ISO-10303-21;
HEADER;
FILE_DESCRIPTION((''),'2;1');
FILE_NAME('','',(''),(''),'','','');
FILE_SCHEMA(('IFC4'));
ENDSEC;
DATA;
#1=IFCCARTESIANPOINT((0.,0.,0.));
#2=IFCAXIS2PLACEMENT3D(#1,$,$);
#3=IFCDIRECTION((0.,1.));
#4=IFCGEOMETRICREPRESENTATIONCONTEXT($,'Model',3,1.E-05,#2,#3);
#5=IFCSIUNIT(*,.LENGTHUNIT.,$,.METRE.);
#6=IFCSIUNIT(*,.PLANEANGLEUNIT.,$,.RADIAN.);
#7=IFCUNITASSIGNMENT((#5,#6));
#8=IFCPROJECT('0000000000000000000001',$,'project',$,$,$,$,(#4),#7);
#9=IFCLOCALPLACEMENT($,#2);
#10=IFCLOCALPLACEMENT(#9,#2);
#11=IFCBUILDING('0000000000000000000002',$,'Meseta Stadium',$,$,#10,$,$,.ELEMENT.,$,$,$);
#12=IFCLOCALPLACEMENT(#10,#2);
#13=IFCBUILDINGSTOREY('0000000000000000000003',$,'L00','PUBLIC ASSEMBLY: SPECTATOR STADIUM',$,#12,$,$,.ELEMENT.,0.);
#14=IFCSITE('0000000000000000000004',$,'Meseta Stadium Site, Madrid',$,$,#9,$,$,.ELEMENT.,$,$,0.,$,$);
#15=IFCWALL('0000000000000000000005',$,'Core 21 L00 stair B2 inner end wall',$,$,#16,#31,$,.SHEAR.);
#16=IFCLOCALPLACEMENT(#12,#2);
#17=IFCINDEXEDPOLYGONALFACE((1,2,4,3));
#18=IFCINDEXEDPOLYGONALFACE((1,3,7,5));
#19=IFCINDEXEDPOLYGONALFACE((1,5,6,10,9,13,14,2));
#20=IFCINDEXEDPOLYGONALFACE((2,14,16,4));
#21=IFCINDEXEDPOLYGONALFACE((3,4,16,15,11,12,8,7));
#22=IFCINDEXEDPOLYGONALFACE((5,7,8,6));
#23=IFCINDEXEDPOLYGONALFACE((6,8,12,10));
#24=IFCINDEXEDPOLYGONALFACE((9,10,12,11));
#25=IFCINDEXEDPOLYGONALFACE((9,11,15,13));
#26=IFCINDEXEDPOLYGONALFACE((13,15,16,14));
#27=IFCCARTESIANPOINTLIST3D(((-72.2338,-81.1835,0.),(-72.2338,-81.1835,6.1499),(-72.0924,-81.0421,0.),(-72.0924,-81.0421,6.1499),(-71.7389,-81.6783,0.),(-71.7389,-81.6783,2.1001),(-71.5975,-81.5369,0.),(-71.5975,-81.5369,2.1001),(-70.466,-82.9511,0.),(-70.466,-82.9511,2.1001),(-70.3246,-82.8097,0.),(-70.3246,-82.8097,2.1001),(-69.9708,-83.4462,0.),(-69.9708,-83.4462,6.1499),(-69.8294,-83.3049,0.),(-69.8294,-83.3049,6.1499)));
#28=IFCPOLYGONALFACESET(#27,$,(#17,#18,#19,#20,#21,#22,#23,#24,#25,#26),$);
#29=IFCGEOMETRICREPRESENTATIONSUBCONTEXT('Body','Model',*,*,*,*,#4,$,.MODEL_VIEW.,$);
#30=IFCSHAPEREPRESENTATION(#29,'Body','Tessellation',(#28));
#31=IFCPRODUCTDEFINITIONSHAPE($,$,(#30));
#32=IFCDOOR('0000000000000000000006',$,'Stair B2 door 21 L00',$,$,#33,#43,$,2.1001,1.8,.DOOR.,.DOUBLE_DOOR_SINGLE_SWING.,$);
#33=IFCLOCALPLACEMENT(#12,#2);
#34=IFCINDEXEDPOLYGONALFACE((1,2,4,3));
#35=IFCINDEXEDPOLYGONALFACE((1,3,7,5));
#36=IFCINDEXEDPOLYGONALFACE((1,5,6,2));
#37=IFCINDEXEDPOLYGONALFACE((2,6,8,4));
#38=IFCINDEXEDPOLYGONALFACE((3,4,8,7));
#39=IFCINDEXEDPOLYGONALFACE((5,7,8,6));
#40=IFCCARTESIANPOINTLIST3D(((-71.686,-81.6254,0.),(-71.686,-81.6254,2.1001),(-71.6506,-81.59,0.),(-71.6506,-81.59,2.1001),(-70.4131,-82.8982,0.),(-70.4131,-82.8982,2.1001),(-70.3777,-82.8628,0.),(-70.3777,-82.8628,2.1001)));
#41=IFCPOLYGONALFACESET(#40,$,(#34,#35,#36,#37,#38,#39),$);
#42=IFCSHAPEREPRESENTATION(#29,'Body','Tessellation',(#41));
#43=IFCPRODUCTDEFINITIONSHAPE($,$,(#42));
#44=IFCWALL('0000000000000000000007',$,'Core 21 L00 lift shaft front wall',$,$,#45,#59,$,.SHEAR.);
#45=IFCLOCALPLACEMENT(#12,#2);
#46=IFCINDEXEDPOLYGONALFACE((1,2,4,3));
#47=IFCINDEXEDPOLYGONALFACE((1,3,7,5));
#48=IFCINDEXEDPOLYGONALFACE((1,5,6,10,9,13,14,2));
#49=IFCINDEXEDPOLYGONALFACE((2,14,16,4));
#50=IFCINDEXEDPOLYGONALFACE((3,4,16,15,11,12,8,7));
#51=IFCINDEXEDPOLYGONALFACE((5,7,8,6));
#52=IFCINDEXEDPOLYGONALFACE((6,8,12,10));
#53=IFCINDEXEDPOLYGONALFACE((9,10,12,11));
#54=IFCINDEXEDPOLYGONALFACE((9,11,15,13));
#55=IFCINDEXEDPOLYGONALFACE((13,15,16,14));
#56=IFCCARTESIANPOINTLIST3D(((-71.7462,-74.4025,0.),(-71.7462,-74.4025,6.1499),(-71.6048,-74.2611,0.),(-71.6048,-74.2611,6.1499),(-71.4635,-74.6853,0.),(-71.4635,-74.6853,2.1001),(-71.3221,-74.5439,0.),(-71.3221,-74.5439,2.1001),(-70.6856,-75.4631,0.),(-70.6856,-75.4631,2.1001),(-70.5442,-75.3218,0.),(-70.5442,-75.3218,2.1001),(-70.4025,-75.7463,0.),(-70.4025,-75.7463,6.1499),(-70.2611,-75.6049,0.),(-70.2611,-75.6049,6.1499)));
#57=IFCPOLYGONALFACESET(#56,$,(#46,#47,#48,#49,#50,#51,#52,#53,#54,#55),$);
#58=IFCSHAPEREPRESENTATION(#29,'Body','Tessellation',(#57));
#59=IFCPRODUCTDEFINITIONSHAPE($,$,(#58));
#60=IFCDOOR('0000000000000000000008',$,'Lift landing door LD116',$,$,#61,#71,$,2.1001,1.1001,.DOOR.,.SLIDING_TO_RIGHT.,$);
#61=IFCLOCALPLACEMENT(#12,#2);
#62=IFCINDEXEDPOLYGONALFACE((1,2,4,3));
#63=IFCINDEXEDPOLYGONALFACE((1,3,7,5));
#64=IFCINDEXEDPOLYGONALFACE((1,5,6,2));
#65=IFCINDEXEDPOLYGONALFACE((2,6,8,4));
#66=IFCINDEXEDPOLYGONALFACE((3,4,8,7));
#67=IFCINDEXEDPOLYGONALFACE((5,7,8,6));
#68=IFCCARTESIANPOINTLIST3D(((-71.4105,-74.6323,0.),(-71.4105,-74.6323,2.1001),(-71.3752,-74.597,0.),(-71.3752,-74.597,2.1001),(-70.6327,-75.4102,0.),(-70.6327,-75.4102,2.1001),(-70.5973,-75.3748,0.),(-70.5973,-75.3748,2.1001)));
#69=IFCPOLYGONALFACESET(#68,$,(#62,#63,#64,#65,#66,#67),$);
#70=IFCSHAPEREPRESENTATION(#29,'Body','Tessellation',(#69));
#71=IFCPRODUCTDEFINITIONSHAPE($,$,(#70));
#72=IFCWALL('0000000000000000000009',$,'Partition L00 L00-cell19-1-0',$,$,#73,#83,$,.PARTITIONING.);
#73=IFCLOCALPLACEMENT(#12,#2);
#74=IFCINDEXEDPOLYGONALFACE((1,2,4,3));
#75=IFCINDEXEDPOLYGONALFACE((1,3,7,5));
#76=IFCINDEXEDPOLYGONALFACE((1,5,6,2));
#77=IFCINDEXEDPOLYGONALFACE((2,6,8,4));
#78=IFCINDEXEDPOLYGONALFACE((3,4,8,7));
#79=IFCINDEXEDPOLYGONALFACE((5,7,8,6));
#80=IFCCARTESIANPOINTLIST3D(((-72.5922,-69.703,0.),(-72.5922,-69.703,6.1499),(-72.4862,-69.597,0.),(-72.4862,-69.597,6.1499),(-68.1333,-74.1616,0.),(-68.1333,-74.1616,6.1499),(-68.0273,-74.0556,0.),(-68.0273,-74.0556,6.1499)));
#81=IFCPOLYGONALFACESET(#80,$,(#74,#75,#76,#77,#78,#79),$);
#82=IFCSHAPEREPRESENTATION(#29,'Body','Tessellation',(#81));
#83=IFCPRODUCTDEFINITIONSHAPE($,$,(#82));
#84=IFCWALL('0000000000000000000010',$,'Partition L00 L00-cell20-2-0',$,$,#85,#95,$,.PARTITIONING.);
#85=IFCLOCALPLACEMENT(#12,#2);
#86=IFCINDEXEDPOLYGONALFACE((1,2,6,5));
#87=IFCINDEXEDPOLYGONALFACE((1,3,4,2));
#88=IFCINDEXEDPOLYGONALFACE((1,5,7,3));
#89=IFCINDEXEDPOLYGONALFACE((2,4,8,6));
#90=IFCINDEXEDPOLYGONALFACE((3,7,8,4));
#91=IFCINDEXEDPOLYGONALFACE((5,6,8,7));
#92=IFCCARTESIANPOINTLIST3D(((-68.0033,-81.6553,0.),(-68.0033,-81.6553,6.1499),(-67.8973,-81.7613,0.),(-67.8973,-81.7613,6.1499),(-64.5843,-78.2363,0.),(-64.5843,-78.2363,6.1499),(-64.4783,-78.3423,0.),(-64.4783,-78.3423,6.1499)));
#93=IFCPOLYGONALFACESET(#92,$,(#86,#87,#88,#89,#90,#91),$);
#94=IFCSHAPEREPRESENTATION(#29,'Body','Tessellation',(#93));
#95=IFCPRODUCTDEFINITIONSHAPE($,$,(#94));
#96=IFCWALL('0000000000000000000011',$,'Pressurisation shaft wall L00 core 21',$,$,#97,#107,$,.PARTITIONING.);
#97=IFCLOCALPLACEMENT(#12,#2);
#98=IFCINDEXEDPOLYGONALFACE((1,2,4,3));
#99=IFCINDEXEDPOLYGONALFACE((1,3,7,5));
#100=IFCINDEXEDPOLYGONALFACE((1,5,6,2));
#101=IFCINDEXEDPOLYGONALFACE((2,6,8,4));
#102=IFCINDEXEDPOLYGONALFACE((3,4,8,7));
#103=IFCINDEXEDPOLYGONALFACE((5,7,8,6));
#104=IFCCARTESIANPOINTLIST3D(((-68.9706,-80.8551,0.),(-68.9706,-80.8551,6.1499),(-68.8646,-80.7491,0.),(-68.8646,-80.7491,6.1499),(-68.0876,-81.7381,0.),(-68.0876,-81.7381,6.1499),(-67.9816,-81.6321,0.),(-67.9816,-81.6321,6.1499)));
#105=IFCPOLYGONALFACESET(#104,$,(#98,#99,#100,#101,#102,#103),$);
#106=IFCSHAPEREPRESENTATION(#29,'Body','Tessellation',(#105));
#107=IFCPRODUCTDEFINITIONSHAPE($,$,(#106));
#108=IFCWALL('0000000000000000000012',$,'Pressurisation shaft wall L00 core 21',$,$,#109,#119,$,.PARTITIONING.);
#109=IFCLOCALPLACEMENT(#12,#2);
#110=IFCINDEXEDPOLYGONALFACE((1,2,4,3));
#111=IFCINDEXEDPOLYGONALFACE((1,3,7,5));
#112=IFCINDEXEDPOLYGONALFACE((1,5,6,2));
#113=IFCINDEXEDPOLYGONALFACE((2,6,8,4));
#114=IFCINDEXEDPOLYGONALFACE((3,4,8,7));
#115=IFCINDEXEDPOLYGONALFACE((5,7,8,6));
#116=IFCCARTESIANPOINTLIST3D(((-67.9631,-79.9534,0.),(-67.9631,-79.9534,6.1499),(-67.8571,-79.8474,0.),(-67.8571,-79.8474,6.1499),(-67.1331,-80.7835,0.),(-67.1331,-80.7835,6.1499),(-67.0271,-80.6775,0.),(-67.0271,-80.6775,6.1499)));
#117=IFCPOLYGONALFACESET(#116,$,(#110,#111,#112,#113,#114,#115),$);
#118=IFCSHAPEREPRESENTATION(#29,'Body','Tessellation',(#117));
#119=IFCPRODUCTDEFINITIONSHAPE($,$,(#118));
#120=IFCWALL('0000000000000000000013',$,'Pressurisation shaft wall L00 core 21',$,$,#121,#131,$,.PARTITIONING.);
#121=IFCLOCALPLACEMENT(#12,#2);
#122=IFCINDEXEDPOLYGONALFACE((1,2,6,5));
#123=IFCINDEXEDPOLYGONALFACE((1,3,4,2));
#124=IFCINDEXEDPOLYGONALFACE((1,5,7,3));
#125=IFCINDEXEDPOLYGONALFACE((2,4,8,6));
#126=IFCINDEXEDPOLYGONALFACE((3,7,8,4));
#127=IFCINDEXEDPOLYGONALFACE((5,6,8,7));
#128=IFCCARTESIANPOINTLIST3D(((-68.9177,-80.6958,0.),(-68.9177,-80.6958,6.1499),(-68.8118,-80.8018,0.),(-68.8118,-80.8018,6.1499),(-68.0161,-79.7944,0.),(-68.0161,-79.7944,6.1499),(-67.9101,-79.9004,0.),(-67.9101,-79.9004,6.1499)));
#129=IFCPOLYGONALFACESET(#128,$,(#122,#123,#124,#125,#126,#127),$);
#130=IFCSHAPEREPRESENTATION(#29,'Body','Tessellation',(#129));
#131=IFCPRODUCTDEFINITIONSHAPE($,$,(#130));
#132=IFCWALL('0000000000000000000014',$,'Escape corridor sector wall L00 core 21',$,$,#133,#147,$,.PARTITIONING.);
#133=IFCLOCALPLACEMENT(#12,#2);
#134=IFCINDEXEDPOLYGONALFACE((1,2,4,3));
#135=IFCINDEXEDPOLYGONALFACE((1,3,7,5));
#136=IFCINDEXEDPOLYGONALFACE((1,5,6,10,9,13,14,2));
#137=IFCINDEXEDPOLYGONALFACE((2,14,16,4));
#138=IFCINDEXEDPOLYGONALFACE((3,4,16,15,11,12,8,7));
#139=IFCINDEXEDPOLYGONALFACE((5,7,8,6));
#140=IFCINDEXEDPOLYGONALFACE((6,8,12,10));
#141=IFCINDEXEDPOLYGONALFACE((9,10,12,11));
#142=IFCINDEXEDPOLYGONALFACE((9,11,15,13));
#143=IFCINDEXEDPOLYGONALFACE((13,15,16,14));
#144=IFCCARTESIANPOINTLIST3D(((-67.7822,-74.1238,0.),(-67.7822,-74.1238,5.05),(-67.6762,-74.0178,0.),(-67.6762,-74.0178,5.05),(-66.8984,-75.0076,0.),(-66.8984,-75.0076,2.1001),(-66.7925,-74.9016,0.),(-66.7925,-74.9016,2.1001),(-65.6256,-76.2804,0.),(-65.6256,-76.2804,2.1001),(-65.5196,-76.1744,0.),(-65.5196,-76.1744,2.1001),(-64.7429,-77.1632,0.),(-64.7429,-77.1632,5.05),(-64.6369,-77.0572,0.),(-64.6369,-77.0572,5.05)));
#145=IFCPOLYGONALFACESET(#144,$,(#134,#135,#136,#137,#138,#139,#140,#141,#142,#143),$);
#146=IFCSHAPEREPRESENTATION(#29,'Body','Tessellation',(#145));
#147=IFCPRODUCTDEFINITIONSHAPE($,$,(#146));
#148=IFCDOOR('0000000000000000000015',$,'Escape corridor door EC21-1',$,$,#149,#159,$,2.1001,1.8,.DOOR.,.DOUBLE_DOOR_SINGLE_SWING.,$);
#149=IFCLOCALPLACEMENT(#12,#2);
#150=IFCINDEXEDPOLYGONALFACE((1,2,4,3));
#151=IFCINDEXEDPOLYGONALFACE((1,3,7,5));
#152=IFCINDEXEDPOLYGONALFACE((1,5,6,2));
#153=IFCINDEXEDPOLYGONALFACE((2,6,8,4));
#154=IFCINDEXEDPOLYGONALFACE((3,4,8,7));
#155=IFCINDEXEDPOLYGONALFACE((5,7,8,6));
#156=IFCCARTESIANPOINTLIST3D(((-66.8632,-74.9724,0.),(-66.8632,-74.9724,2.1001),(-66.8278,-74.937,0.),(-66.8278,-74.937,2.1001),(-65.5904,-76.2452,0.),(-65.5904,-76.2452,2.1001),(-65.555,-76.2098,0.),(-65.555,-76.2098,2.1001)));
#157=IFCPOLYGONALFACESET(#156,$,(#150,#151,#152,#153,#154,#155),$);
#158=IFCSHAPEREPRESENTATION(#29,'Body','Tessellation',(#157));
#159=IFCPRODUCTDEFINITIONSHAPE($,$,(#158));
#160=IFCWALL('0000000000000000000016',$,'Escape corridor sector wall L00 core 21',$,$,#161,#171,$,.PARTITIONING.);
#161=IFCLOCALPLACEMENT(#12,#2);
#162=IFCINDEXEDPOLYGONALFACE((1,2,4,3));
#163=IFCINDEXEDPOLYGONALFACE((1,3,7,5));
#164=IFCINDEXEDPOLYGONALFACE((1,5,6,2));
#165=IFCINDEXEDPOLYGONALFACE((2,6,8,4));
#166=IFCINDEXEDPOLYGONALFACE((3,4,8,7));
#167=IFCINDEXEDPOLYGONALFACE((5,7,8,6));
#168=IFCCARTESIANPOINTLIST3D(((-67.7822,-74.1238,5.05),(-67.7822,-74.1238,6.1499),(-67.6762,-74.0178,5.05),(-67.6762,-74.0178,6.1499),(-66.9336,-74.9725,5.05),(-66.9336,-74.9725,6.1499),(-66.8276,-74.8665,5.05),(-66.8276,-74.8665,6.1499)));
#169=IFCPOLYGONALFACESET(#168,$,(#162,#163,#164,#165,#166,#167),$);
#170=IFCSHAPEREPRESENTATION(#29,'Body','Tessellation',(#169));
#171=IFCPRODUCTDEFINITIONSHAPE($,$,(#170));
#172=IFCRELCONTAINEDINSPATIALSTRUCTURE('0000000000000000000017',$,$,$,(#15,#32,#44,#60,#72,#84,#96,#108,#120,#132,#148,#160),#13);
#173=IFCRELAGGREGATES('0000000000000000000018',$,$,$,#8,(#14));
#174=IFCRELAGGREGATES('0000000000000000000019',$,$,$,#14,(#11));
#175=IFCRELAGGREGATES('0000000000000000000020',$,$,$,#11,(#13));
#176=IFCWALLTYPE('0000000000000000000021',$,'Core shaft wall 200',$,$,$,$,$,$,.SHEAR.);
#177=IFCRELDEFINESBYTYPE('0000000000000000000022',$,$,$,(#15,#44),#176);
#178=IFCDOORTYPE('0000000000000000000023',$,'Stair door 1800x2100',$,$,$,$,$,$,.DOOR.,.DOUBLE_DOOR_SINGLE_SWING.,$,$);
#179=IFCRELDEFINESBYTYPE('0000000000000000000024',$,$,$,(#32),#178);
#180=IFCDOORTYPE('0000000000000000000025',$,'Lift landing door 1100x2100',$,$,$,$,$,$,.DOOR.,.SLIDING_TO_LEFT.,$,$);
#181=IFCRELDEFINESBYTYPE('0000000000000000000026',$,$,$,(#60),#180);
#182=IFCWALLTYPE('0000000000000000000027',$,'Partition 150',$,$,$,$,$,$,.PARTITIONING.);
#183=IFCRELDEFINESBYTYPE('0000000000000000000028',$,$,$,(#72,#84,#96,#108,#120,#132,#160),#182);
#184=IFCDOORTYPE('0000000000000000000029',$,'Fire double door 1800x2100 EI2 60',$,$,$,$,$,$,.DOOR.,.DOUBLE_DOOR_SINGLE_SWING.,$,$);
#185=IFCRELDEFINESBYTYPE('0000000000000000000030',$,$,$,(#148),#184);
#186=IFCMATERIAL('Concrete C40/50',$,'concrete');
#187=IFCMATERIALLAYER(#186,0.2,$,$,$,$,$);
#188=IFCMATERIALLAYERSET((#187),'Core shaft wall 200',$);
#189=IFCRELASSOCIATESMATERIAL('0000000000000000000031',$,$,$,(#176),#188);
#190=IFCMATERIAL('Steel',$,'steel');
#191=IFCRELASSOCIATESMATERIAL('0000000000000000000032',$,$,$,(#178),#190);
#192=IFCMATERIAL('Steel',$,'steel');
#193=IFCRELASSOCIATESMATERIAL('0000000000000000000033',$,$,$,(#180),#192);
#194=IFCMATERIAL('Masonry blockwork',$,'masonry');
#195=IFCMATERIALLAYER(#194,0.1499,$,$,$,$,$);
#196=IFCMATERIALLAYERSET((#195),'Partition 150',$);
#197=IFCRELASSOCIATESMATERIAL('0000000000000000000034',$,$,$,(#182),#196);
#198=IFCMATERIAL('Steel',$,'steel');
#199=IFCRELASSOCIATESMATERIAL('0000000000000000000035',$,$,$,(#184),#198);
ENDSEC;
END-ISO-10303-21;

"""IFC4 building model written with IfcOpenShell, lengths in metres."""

from ifc_helpers import new_model, si_unit, direction, frame, frame_2d, origin, place, context, subcontext, project, spatial, rectangle, extrude, material, layer, layer_set, type_object, element, fill, save


model = new_model("IFC4")

# Units and contexts
model_context = context("Model", 3, precision=1e-05, world=origin(), true_north=direction((0.0, 1.0)))
body_context = subcontext(model_context, "Body", "Model", "MODEL_VIEW")
ifc_project = project(units=[si_unit("LENGTHUNIT", "METRE"), si_unit("PLANEANGLEUNIT", "RADIAN")], contexts=[model_context])

# Site, building, storey
site_placement = place(None, origin())
site = spatial("IfcSite", under=ifc_project, at=site_placement, Name="Meseta Stadium Site, Madrid", CompositionType="ELEMENT", RefElevation=0.0)
building_placement = place(site_placement, origin())
building = spatial("IfcBuilding", under=site, at=building_placement, Name="Meseta Stadium", CompositionType="ELEMENT")
storey_placement = place(building_placement, origin())
storey = spatial("IfcBuildingStorey", under=building, at=storey_placement, Name="L00", Description="PUBLIC ASSEMBLY: SPECTATOR STADIUM", CompositionType="ELEMENT", Elevation=0.0)

# Walls, openings, doors
ifc_material_1 = material(Name="Concrete C40/50", Category="concrete")
ifc_layer_1 = layer(ifc_material_1, 0.2)
ifc_layer_set_1 = layer_set([ifc_layer_1], Name="Core shaft wall 200")
wall_type_1 = type_object("IfcWallType", Name="Core shaft wall 200", PredefinedType="SHEAR", material=ifc_layer_set_1)
wall_1_placement = place(storey_placement, frame((-72.1631, -81.1128, 0.0), z_axis=(0.0, 0.0, 1.0), x_axis=(0.707145, -0.707069, 0.0)))
wall_1 = element("IfcWall", 1, at=wall_1_placement, inside=storey, type_object=wall_type_1, Name="Core 21 L00 stair B2 inner end wall", PredefinedType="SHEAR", context=body_context, shape_type="SweptSolid", body=[
    extrude(rectangle(XDim=3.2002, YDim=0.2, at=frame_2d((1.6001, 0.0))), origin(), (0.0, 0.0, 1.0), 6.1499),
])
opening_1_placement = place(wall_1_placement, frame((0.7, 0.0, 0.0)))
opening_1 = element("IfcOpeningElement", 2, at=opening_1_placement, cuts=wall_1, PredefinedType="OPENING", context=body_context, shape_type="SweptSolid", body=[
    extrude(rectangle(XDim=1.8, YDim=2.1001, at=frame_2d((0.8999, 1.05))), frame((0.0, 0.1099, 0.0), z_axis=(0.0, -1.0, 0.0), x_axis=(1.0, 0.0, 0.0)), (0.0, 0.0, 1.0), 0.22),
])
ifc_material_2 = material(Name="Steel", Category="steel")
door_type_1 = type_object("IfcDoorType", Name="Stair door 1800x2100", OperationType="DOUBLE_DOOR_SINGLE_SWING", PredefinedType="DOOR", material=ifc_material_2)
door_1_placement = place(opening_1_placement, origin())
door_1 = element("IfcDoor", 3, at=door_1_placement, inside=storey, type_object=door_type_1, Name="Stair B2 door 21 L00", OperationType="DOUBLE_DOOR_SINGLE_SWING", OverallHeight=2.1001, OverallWidth=1.8, PredefinedType="DOOR", context=body_context, shape_type="SweptSolid", body=[
    extrude(rectangle(XDim=1.8, YDim=2.1001, at=frame_2d((0.8999, 1.05))), frame((0.0, 0.0249, 0.0), z_axis=(0.0, -1.0, 0.0), x_axis=(1.0, 0.0, 0.0)), (0.0, 0.0, 1.0), 0.05),
])
fill(opening_1, door_1)
wall_2_placement = place(storey_placement, frame((-71.6755, -74.3318, 0.0), z_axis=(0.0, 0.0, 1.0), x_axis=(0.707107, -0.707107, 0.0)))
wall_2 = element("IfcWall", 4, at=wall_2_placement, inside=storey, type_object=wall_type_1, Name="Core 21 L00 lift shaft front wall", PredefinedType="SHEAR", context=body_context, shape_type="SweptSolid", body=[
    extrude(rectangle(XDim=1.9004, YDim=0.2, at=frame_2d((0.9502, 0.0))), origin(), (0.0, 0.0, 1.0), 6.1499),
])
opening_2_placement = place(wall_2_placement, frame((0.3999, 0.0, 0.0)))
opening_2 = element("IfcOpeningElement", 5, at=opening_2_placement, cuts=wall_2, PredefinedType="OPENING", context=body_context, shape_type="SweptSolid", body=[
    extrude(rectangle(XDim=1.1001, YDim=2.1001, at=frame_2d((0.55, 1.05))), frame((0.0, 0.1099, 0.0), z_axis=(0.0, -1.0, 0.0), x_axis=(1.0, 0.0, 0.0)), (0.0, 0.0, 1.0), 0.22),
])
ifc_material_3 = material(Name="Steel", Category="steel")
door_type_2 = type_object("IfcDoorType", Name="Lift landing door 1100x2100", OperationType="SLIDING_TO_LEFT", PredefinedType="DOOR", material=ifc_material_3)
door_2_placement = place(opening_2_placement, origin())
door_2 = element("IfcDoor", 6, at=door_2_placement, inside=storey, type_object=door_type_2, Name="Lift landing door LD116", OperationType="SLIDING_TO_RIGHT", OverallHeight=2.1001, OverallWidth=1.1001, PredefinedType="DOOR", context=body_context, shape_type="SweptSolid", body=[
    extrude(rectangle(XDim=1.1001, YDim=2.1001, at=frame_2d((0.55, 1.05))), frame((0.0, 0.0249, 0.0), z_axis=(0.0, -1.0, 0.0), x_axis=(1.0, 0.0, 0.0)), (0.0, 0.0, 1.0), 0.05),
])
fill(opening_2, door_2)

# Walls
ifc_material_4 = material(Name="Masonry blockwork", Category="masonry")
ifc_layer_2 = layer(ifc_material_4, 0.1499)
ifc_layer_set_2 = layer_set([ifc_layer_2], Name="Partition 150")
wall_type_2 = type_object("IfcWallType", Name="Partition 150", PredefinedType="PARTITIONING", material=ifc_layer_set_2)
wall_3_placement = place(storey_placement, frame((-68.0803, -74.1086, 0.0), z_axis=(0.0, 0.0, 1.0), x_axis=(-0.707126, 0.707087, 0.0)))
element("IfcWall", 7, at=wall_3_placement, inside=storey, type_object=wall_type_2, Name="Partition L00 L00-cell19-1-0", PredefinedType="PARTITIONING", context=body_context, shape_type="SweptSolid", body=[
    extrude(rectangle(XDim=6.3057, YDim=0.1499, at=frame_2d((3.1528, 0.0))), origin(), (0.0, 0.0, 1.0), 6.1499),
])
wall_4_placement = place(storey_placement, frame((-67.9502, -81.7083, 0.0), z_axis=(0.0, 0.0, 1.0), x_axis=(0.707107, 0.707107, 0.0)))
element("IfcWall", 8, at=wall_4_placement, inside=storey, type_object=wall_type_2, Name="Partition L00 L00-cell20-2-0", PredefinedType="PARTITIONING", context=body_context, shape_type="SweptSolid", body=[
    extrude(rectangle(XDim=4.8352, YDim=0.1499, at=frame_2d((2.4175, 0.0))), origin(), (0.0, 0.0, 1.0), 6.1499),
])
wall_5_placement = place(storey_placement, frame((-68.9177, -80.802, 0.0), z_axis=(0.0, 0.0, 1.0), x_axis=(0.707107, -0.707107, 0.0)))
element("IfcWall", 9, at=wall_5_placement, inside=storey, type_object=wall_type_2, Name="Pressurisation shaft wall L00 core 21", PredefinedType="PARTITIONING", context=body_context, shape_type="SweptSolid", body=[
    extrude(rectangle(XDim=1.2488, YDim=0.1499, at=frame_2d((0.6245, 0.0))), origin(), (0.0, 0.0, 1.0), 6.1499),
])
wall_6_placement = place(storey_placement, frame((-67.0801, -80.7305, 0.0), z_axis=(0.0, 0.0, 1.0), x_axis=(-0.707107, 0.707107, 0.0)))
element("IfcWall", 10, at=wall_6_placement, inside=storey, type_object=wall_type_2, Name="Pressurisation shaft wall L00 core 21", PredefinedType="PARTITIONING", context=body_context, shape_type="SweptSolid", body=[
    extrude(rectangle(XDim=1.1738, YDim=0.1499, at=frame_2d((0.5869, 0.0))), origin(), (0.0, 0.0, 1.0), 6.1499),
])
wall_7_placement = place(storey_placement, frame((-67.9631, -79.8474, 0.0), z_axis=(0.0, 0.0, 1.0), x_axis=(-0.707203, -0.707011, 0.0)))
element("IfcWall", 11, at=wall_7_placement, inside=storey, type_object=wall_type_2, Name="Pressurisation shaft wall L00 core 21", PredefinedType="PARTITIONING", context=body_context, shape_type="SweptSolid", body=[
    extrude(rectangle(XDim=1.2749, YDim=0.1499, at=frame_2d((0.6375, 0.0))), origin(), (0.0, 0.0, 1.0), 6.1499),
])

# Wall, opening, door
wall_8_placement = place(storey_placement, frame((-67.7292, -74.0708, 0.0), z_axis=(0.0, 0.0, 1.0), x_axis=(0.707107, -0.707107, 0.0)))
wall_8 = element("IfcWall", 12, at=wall_8_placement, inside=storey, type_object=wall_type_2, Name="Escape corridor sector wall L00 core 21", PredefinedType="PARTITIONING", context=body_context, shape_type="SweptSolid", body=[
    extrude(rectangle(XDim=4.2983, YDim=0.1499, at=frame_2d((2.1492, 0.0))), origin(), (0.0, 0.0, 1.0), 5.05),
])
opening_3_placement = place(wall_8_placement, frame((1.25, 0.0, 0.0)))
opening_3 = element("IfcOpeningElement", 13, at=opening_3_placement, cuts=wall_8, PredefinedType="OPENING", context=body_context, shape_type="SweptSolid", body=[
    extrude(rectangle(XDim=1.8, YDim=2.1001, at=frame_2d((0.8999, 1.05))), frame((0.0, 0.085, 0.0), z_axis=(0.0, -1.0, 0.0), x_axis=(1.0, 0.0, 0.0)), (0.0, 0.0, 1.0), 0.1699),
])
ifc_material_5 = material(Name="Steel", Category="steel")
door_type_3 = type_object("IfcDoorType", Name="Fire double door 1800x2100 EI2 60", OperationType="DOUBLE_DOOR_SINGLE_SWING", PredefinedType="DOOR", material=ifc_material_5)
door_3_placement = place(opening_3_placement, origin())
door_3 = element("IfcDoor", 14, at=door_3_placement, inside=storey, type_object=door_type_3, Name="Escape corridor door EC21-1", OperationType="DOUBLE_DOOR_SINGLE_SWING", OverallHeight=2.1001, OverallWidth=1.8, PredefinedType="DOOR", context=body_context, shape_type="SweptSolid", body=[
    extrude(rectangle(XDim=1.8, YDim=2.1001, at=frame_2d((0.8999, 1.05))), frame((0.0, 0.0249, 0.0), z_axis=(0.0, -1.0, 0.0), x_axis=(1.0, 0.0, 0.0)), (0.0, 0.0, 1.0), 0.05),
])
fill(opening_3, door_3)

# Wall
wall_9_placement = place(storey_placement, frame((-67.7292, -74.0708, 5.05), z_axis=(0.0, 0.0, 1.0), x_axis=(0.707107, -0.707107, 0.0)))
element("IfcWall", 15, at=wall_9_placement, inside=storey, type_object=wall_type_2, Name="Escape corridor sector wall L00 core 21", PredefinedType="PARTITIONING", context=body_context, shape_type="SweptSolid", body=[
    extrude(rectangle(XDim=1.2002, YDim=0.1499, at=frame_2d((0.6001, 0.0))), origin(), (0.0, 0.0, 1.0), 1.0999),
])

save(model, "model.ifc")
